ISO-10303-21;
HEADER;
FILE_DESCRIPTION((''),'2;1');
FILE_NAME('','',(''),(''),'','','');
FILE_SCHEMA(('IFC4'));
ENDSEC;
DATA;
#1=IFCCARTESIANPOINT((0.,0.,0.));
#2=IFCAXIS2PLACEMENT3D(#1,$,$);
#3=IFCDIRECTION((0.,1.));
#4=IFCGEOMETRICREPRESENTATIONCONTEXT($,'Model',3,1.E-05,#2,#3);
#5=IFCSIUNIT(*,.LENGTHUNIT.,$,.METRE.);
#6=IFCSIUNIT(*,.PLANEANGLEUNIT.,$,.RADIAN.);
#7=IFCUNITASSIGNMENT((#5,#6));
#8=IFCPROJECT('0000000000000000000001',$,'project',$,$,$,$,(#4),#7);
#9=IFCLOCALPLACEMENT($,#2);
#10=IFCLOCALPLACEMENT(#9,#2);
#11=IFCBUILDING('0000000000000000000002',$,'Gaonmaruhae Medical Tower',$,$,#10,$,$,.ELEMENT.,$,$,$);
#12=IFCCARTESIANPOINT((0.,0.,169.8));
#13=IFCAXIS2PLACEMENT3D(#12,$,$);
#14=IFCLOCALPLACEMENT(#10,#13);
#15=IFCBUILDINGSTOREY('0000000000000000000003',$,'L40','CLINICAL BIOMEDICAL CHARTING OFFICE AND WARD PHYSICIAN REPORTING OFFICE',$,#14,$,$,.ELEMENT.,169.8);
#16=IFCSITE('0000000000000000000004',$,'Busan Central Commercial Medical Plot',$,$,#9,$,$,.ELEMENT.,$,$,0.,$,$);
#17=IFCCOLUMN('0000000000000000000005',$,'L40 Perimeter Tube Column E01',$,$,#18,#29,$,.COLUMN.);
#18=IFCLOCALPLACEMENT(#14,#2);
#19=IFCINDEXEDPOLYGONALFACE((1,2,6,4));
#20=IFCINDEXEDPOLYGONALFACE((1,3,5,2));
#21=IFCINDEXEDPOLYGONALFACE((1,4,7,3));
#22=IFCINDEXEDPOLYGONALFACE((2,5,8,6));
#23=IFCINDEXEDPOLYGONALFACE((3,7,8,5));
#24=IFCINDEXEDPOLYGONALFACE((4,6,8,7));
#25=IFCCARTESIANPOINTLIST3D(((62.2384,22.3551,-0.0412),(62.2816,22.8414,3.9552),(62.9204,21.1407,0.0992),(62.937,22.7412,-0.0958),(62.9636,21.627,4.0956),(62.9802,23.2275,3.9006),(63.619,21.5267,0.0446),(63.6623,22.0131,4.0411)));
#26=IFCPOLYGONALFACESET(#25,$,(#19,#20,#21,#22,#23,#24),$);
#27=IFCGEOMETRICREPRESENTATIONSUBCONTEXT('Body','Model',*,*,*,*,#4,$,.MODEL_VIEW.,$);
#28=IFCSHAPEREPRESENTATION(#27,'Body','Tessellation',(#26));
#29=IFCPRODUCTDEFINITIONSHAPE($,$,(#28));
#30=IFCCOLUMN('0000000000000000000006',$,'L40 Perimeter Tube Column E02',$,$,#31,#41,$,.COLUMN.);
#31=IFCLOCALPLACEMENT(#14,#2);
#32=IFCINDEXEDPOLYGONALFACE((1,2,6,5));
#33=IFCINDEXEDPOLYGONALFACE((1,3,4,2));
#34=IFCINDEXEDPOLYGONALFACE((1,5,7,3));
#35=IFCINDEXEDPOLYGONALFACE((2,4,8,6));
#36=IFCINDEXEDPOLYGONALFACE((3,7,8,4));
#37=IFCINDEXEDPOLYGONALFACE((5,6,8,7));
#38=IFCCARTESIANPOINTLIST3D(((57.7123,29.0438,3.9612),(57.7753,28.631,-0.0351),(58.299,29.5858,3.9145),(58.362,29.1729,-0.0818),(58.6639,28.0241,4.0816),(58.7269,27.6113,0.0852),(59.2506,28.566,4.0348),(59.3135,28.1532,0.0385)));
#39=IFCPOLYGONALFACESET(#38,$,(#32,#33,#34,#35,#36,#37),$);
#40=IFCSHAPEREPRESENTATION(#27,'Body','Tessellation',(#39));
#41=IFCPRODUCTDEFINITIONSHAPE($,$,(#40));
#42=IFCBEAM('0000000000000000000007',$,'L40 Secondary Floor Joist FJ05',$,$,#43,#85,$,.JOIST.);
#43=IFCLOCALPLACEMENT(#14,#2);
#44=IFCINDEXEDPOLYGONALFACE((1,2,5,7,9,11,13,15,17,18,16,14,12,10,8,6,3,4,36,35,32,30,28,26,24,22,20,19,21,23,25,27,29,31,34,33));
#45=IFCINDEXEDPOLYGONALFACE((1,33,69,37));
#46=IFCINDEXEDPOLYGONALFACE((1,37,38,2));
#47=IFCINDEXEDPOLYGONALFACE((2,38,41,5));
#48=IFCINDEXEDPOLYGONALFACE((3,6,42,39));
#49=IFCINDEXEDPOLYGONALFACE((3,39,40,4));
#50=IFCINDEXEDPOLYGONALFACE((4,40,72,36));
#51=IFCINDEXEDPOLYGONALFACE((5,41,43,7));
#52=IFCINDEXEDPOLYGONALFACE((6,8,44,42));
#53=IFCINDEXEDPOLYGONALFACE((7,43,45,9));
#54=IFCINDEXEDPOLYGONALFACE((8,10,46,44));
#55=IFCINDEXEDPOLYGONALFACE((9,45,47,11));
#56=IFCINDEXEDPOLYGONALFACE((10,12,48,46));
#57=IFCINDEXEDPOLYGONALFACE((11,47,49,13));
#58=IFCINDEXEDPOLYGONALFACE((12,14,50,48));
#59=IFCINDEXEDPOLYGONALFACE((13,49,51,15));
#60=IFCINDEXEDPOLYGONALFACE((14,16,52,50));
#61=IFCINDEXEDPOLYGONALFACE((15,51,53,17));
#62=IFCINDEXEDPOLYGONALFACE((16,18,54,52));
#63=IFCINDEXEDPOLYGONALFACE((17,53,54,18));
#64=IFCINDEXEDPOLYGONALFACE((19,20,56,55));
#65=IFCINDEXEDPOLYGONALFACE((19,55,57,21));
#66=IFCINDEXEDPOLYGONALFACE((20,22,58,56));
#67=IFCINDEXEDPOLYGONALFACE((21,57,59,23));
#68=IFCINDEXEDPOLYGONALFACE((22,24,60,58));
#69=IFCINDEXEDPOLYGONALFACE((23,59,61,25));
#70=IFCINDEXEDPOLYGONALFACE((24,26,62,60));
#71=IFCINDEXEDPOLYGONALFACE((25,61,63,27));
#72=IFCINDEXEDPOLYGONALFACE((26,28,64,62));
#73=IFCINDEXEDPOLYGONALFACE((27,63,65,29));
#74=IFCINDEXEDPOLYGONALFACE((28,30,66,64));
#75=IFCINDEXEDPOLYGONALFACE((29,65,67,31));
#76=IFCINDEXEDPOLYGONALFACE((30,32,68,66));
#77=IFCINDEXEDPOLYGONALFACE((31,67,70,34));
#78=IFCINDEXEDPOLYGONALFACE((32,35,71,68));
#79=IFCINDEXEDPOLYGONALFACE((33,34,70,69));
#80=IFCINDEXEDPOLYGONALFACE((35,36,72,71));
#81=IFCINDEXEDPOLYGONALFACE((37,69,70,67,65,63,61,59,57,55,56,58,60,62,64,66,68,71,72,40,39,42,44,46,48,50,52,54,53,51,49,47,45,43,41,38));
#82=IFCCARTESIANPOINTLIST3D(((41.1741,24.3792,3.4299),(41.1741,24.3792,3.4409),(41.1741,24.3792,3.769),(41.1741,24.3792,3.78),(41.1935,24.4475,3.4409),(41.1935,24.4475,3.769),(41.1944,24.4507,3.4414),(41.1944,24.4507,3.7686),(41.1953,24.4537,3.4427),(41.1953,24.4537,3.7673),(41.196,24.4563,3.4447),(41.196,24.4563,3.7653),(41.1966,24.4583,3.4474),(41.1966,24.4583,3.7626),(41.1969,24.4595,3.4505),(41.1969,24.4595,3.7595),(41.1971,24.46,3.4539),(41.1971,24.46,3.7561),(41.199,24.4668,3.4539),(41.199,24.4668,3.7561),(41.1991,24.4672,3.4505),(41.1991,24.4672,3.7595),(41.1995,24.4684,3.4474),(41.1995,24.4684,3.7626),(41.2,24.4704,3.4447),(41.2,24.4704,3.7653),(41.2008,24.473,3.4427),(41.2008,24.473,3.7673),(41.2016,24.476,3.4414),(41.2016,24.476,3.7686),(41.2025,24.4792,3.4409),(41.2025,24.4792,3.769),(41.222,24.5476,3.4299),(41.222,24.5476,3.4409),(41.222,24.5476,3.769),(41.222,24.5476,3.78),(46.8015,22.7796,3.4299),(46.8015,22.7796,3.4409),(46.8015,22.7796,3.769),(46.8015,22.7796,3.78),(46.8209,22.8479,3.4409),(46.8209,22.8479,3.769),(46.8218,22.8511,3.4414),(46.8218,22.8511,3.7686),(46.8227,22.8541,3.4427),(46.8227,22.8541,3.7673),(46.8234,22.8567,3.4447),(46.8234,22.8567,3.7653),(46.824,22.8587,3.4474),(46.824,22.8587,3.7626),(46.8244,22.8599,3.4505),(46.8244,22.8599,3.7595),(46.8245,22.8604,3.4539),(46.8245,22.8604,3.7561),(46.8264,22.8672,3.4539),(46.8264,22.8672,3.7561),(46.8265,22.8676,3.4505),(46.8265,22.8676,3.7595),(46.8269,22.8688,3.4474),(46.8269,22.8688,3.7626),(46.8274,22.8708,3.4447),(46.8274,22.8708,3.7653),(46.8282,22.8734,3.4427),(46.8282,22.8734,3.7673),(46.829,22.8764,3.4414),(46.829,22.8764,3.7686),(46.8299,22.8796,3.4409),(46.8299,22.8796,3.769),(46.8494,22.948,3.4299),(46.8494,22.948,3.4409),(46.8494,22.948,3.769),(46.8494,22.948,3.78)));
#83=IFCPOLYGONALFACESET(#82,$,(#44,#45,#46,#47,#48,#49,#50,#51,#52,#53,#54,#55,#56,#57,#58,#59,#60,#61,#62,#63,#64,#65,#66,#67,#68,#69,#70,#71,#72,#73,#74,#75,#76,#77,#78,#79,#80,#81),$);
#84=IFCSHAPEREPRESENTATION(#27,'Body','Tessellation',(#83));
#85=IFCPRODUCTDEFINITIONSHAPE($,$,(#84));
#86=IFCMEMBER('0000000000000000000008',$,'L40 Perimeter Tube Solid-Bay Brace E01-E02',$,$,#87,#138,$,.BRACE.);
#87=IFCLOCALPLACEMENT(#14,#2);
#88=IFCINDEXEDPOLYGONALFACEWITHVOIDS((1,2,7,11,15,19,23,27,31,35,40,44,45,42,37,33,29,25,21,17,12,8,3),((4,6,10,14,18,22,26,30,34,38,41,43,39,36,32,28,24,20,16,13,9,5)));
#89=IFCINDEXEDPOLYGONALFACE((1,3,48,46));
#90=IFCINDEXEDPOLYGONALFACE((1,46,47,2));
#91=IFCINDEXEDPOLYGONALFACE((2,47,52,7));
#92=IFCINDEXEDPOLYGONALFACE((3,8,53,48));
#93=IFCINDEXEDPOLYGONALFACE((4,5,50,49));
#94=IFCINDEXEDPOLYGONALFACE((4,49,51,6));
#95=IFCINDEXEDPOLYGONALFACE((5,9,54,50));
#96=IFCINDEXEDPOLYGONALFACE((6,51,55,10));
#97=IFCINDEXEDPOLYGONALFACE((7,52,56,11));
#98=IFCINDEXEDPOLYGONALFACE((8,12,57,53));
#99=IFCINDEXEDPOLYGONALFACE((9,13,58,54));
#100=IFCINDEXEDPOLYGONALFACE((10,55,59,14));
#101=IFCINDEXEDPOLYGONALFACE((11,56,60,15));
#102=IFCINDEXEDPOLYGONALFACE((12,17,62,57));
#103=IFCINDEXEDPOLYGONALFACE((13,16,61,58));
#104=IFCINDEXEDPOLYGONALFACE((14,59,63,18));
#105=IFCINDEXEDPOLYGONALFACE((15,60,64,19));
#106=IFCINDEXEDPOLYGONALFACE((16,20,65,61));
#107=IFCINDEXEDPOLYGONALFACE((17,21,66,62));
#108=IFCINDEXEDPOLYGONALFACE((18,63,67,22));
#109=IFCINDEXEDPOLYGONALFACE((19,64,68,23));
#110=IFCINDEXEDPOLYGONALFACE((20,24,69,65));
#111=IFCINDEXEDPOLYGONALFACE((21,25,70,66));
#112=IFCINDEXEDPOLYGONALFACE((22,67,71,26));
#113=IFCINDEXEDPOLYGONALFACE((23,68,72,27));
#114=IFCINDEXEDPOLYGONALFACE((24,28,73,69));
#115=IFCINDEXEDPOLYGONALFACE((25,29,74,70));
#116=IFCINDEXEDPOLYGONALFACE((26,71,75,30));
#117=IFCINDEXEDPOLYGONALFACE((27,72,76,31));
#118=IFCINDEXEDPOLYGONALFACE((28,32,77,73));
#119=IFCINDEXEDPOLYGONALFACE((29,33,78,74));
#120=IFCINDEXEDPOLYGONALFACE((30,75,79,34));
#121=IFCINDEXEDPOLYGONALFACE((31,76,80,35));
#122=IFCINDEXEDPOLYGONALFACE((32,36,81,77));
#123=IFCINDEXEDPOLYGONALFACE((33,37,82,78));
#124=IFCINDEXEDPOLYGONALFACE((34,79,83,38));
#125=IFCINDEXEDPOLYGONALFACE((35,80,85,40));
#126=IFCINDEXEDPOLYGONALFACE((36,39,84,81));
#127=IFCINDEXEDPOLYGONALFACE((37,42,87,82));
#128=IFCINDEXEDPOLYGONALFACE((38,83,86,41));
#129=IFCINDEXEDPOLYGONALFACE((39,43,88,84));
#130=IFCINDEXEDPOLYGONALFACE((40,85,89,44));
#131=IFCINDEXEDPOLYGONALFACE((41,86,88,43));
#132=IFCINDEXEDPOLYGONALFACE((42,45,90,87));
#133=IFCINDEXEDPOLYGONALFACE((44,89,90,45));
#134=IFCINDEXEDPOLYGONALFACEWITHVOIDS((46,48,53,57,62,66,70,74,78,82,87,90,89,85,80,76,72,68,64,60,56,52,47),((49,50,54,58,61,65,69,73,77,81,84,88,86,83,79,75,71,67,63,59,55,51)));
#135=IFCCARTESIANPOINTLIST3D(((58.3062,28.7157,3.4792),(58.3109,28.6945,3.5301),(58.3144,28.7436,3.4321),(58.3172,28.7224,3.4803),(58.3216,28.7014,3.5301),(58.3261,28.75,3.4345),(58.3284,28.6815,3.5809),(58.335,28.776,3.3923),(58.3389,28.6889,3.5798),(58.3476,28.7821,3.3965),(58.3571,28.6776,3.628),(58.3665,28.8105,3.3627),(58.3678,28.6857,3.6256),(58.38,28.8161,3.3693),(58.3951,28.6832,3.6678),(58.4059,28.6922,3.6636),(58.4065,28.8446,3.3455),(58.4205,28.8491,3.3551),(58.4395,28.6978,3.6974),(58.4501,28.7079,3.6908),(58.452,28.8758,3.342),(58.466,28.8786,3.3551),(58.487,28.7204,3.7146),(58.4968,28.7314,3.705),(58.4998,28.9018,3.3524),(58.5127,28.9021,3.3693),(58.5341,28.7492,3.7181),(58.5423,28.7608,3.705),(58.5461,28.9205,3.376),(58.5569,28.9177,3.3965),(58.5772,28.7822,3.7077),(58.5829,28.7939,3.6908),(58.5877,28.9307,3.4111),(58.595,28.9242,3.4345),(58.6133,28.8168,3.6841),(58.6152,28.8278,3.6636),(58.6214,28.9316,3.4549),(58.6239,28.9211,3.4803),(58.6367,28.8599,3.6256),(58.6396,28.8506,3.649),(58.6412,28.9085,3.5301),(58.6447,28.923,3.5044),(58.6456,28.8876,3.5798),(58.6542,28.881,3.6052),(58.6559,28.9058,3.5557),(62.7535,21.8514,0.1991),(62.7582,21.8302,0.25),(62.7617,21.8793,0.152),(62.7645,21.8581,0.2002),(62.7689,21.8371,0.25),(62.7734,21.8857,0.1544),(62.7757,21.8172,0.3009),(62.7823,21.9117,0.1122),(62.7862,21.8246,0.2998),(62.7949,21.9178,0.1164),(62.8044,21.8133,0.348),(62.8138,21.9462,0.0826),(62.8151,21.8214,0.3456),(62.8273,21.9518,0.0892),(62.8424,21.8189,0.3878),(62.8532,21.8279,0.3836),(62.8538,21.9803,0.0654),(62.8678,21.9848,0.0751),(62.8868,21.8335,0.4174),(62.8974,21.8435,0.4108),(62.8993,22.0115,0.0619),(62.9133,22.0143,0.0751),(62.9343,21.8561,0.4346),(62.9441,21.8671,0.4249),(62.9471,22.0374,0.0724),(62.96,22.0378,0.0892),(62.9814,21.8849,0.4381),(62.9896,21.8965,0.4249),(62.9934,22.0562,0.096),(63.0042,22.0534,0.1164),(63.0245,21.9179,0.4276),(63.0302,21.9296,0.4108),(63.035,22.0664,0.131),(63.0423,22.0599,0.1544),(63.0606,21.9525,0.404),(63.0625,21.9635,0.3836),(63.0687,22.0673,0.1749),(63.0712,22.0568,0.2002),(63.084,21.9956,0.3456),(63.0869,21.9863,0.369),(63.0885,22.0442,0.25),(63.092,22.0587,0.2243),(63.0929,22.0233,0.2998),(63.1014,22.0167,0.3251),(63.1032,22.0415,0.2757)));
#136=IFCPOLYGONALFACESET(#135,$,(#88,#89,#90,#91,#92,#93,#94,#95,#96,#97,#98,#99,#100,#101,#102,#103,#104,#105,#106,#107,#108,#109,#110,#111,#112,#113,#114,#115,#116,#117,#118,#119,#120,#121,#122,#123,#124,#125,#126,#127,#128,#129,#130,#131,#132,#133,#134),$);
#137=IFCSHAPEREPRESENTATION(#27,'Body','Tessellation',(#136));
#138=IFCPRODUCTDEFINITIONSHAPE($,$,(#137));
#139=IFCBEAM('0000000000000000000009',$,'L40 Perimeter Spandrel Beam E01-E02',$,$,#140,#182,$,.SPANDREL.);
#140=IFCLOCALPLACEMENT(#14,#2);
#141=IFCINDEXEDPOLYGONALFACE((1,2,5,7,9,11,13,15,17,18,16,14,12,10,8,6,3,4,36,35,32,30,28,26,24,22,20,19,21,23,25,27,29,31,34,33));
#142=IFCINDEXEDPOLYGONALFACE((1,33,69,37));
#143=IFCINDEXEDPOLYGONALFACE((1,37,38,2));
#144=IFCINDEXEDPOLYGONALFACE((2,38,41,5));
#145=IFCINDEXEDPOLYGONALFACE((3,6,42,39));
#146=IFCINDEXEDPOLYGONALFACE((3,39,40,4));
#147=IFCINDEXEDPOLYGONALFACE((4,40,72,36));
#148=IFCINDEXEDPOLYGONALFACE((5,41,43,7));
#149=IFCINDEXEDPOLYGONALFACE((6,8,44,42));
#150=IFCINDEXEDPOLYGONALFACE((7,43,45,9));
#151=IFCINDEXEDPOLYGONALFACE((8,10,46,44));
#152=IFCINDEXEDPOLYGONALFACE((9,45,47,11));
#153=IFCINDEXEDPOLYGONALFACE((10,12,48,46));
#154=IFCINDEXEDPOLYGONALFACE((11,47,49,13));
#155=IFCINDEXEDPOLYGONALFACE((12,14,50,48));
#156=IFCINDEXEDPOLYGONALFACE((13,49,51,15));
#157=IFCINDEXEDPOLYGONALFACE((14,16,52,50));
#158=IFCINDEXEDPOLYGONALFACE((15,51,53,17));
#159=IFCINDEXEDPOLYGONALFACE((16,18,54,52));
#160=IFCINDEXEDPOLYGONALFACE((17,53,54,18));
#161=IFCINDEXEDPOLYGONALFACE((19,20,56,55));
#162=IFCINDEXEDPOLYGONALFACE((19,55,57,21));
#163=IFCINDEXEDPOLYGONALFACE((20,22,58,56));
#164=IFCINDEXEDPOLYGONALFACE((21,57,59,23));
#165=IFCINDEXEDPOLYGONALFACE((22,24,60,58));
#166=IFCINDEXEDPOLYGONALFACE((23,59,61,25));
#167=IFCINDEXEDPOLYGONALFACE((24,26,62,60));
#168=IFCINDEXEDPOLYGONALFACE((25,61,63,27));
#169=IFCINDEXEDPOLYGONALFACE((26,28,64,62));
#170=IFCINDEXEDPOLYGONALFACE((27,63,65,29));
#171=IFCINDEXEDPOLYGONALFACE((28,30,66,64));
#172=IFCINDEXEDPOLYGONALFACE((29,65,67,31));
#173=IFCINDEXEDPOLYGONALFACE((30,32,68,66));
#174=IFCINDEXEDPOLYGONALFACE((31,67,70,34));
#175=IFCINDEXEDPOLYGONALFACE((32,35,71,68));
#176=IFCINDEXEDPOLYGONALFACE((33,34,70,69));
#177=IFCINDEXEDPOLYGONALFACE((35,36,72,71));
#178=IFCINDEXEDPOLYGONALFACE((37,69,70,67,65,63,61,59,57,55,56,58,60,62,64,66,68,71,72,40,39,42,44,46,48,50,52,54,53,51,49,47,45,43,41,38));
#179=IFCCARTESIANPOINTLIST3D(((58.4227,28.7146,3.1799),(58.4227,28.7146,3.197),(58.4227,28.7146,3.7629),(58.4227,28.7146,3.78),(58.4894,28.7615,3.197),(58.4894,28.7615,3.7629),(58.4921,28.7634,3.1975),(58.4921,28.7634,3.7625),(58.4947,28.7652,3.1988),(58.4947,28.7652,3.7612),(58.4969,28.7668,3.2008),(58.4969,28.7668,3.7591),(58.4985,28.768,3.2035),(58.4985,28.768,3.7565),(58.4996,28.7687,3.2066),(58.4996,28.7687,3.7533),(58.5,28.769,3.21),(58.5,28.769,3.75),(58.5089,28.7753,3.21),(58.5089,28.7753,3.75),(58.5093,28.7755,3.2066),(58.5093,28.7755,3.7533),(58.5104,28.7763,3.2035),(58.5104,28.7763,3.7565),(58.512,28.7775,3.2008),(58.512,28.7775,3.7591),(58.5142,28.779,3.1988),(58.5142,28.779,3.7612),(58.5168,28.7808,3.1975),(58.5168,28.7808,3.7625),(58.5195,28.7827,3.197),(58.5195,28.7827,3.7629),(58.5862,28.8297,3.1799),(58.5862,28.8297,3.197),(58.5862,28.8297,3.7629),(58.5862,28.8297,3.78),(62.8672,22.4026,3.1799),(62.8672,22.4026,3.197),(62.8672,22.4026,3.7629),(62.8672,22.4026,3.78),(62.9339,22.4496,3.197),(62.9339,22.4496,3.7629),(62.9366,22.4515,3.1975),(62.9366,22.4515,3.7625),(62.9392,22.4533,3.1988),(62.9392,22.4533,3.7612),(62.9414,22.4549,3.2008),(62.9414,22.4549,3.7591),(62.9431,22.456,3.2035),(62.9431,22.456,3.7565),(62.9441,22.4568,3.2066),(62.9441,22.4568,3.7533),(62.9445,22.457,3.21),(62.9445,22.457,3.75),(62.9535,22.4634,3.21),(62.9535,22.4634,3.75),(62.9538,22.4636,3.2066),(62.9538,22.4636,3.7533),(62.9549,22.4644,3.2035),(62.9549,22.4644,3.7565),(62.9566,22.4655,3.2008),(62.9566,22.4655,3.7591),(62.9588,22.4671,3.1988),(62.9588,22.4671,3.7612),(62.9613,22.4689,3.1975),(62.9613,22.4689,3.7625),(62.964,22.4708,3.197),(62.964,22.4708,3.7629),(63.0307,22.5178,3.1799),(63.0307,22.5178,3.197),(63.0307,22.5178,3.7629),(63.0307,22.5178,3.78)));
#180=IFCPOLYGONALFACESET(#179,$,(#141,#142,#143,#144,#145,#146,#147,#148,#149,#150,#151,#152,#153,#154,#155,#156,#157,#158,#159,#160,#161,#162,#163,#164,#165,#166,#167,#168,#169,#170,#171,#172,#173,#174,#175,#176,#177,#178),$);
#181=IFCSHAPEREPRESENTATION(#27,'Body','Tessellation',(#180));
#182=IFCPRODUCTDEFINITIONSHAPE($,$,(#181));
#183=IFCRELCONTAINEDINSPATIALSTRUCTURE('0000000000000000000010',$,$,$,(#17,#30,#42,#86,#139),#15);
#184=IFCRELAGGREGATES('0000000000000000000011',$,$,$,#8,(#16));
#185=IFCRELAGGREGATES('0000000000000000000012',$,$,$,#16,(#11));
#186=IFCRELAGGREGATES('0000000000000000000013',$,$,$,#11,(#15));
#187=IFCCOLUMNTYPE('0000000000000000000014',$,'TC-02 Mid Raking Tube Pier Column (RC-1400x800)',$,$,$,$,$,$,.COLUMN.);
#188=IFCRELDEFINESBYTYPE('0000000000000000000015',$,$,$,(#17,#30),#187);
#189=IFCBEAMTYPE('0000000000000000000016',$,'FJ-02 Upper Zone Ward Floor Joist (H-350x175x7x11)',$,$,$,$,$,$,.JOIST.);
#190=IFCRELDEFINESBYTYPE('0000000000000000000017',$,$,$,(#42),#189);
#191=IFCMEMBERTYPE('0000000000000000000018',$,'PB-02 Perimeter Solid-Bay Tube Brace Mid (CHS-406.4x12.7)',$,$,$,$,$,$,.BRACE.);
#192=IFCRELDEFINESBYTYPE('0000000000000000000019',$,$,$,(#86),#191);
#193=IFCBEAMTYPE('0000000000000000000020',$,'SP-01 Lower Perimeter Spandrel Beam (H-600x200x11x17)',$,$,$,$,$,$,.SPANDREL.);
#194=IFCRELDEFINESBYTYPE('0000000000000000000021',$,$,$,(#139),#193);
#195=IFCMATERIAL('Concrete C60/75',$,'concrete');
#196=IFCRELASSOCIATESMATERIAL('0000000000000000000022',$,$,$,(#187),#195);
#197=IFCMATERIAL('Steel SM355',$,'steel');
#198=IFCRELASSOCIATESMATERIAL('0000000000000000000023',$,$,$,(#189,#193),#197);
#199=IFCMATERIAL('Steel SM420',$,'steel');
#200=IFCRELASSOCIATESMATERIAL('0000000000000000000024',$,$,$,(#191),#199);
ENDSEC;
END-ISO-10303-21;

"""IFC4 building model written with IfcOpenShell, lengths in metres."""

from ifc_helpers import new_model, si_unit, direction, frame, origin, origin_2d, place, context, subcontext, project, spatial, rectangle, hollow_circle, i_section, extrude, material, material_profile, profile_set, type_object, element, save


model = new_model("IFC4")

# Units and contexts
model_context = context("Model", 3, precision=1e-05, world=origin(), true_north=direction((0.0, 1.0)))
body_context = subcontext(model_context, "Body", "Model", "MODEL_VIEW")
ifc_project = project(units=[si_unit("LENGTHUNIT", "METRE"), si_unit("PLANEANGLEUNIT", "RADIAN")], contexts=[model_context])

# Site, building, storey
site_placement = place(None, origin())
site = spatial("IfcSite", under=ifc_project, at=site_placement, Name="Busan Central Commercial Medical Plot", CompositionType="ELEMENT", RefElevation=0.0)
building_placement = place(site_placement, origin())
building = spatial("IfcBuilding", under=site, at=building_placement, Name="Gaonmaruhae Medical Tower", CompositionType="ELEMENT")
storey_placement = place(building_placement, frame((0.0, 0.0, 169.8)))
storey = spatial("IfcBuildingStorey", under=building, at=storey_placement, Name="L40", Description="CLINICAL BIOMEDICAL CHARTING OFFICE AND WARD PHYSICIAN REPORTING OFFICE", CompositionType="ELEMENT", Elevation=169.8)

# Columns
ifc_material_1 = material(Name="Concrete C60/75", Category="concrete")
ifc_material_profile_1 = material_profile(ifc_material_1, rectangle(XDim=1.3999, YDim=0.8, at=origin_2d()), Name="RC-1400x800")
ifc_profile_set_1 = profile_set([ifc_material_profile_1], Name="Concrete C60/75")
column_type = type_object("IfcColumnType", Name="TC-02 Mid Raking Tube Pier Column (RC-1400x800)", PredefinedType="COLUMN", material=ifc_profile_set_1)
column_1_placement = place(storey_placement, frame((62.9287, 21.9409, 0.0017), z_axis=(0.010733, 0.120795, 0.992619), x_axis=(0.487216, -0.867503, 0.100301)))
element("IfcColumn", 1, at=column_1_placement, inside=storey, type_object=column_type, Name="L40 Perimeter Tube Column E01", PredefinedType="COLUMN", context=body_context, shape_type="SweptSolid", body=[
    extrude(rectangle(XDim=1.3999, YDim=0.8, at=origin_2d()), origin(), (0.0, 0.0, 1.0), 4.0261),
])
column_2_placement = place(storey_placement, frame((58.5444, 28.3921, 0.0017), z_axis=(-0.015676, 0.102746, 0.994584), x_axis=(0.679724, -0.728413, 0.085962)))
element("IfcColumn", 2, at=column_2_placement, inside=storey, type_object=column_type, Name="L40 Perimeter Tube Column E02", PredefinedType="COLUMN", context=body_context, shape_type="SweptSolid", body=[
    extrude(rectangle(XDim=1.3999, YDim=0.8, at=origin_2d()), origin(), (0.0, 0.0, 1.0), 4.0181),
])

# Beam
ifc_material_2 = material(Name="Steel SM355", Category="steel")
ifc_material_profile_2 = material_profile(ifc_material_2, i_section(OverallWidth=0.175, OverallDepth=0.3501, WebThickness=0.0071, FlangeThickness=0.011, FilletRadius=0.0129, at=origin_2d()), Name="H-350x175x7x11")
ifc_profile_set_2 = profile_set([ifc_material_profile_2], Name="Steel SM355")
beam_type_1 = type_object("IfcBeamType", Name="FJ-02 Upper Zone Ward Floor Joist (H-350x175x7x11)", PredefinedType="JOIST", material=ifc_profile_set_2)
beam_1_placement = place(storey_placement, frame((46.8254, 22.8638, 3.605), z_axis=(-0.961895, 0.27342, 0.0), x_axis=(-0.27342, -0.961895, 0.0)))
element("IfcBeam", 3, at=beam_1_placement, inside=storey, type_object=beam_type_1, Name="L40 Secondary Floor Joist FJ05", PredefinedType="JOIST", context=body_context, shape_type="SweptSolid", body=[
    extrude(i_section(OverallWidth=0.175, OverallDepth=0.3501, WebThickness=0.0071, FlangeThickness=0.011, FilletRadius=0.0129, at=origin_2d()), origin(), (0.0, 0.0, 1.0), 5.8503),
])

# Member
ifc_material_3 = material(Name="Steel SM420", Category="steel")
ifc_material_profile_3 = material_profile(ifc_material_3, hollow_circle(Radius=0.2031, WallThickness=0.0127, at=origin_2d()), Name="CHS-406.4x12.7")
ifc_profile_set_3 = profile_set([ifc_material_profile_3], Name="Steel SM420")
member_type = type_object("IfcMemberType", Name="PB-02 Perimeter Solid-Bay Tube Brace Mid (CHS-406.4x12.7)", PredefinedType="BRACE", material=ifc_profile_set_3)
member_placement = place(storey_placement, frame((62.9287, 21.9407, 0.25), z_axis=(-0.504672, 0.77895, 0.372215), x_axis=(-0.839253, -0.543741, 0.0)))
element("IfcMember", 4, at=member_placement, inside=storey, type_object=member_type, Name="L40 Perimeter Tube Solid-Bay Brace E01-E02", PredefinedType="BRACE", context=body_context, shape_type="SweptSolid", body=[
    extrude(hollow_circle(Radius=0.2031, WallThickness=0.0127, at=origin_2d()), origin(), (0.0, 0.0, 1.0), 8.8123),
])

# Beam
ifc_material_profile_4 = material_profile(ifc_material_2, i_section(OverallWidth=0.2, OverallDepth=0.6001, WebThickness=0.011, FlangeThickness=0.0171, FilletRadius=0.0129, at=origin_2d()), Name="H-600x200x11x17")
ifc_profile_set_4 = profile_set([ifc_material_profile_4], Name="Steel SM355")
beam_type_2 = type_object("IfcBeamType", Name="SP-01 Lower Perimeter Spandrel Beam (H-600x200x11x17)", PredefinedType="SPANDREL", material=ifc_profile_set_4)
beam_2_placement = place(storey_placement, frame((62.949, 22.4602, 3.48), z_axis=(-0.575735, 0.817636, 0.0), x_axis=(-0.817636, -0.575735, 0.0)))
element("IfcBeam", 5, at=beam_2_placement, inside=storey, type_object=beam_type_2, Name="L40 Perimeter Spandrel Beam E01-E02", PredefinedType="SPANDREL", context=body_context, shape_type="SweptSolid", body=[
    extrude(i_section(OverallWidth=0.2, OverallDepth=0.6001, WebThickness=0.011, FlangeThickness=0.0171, FilletRadius=0.0129, at=origin_2d()), origin(), (0.0, 0.0, 1.0), 7.7197),
])

save(model, "model.ifc")
